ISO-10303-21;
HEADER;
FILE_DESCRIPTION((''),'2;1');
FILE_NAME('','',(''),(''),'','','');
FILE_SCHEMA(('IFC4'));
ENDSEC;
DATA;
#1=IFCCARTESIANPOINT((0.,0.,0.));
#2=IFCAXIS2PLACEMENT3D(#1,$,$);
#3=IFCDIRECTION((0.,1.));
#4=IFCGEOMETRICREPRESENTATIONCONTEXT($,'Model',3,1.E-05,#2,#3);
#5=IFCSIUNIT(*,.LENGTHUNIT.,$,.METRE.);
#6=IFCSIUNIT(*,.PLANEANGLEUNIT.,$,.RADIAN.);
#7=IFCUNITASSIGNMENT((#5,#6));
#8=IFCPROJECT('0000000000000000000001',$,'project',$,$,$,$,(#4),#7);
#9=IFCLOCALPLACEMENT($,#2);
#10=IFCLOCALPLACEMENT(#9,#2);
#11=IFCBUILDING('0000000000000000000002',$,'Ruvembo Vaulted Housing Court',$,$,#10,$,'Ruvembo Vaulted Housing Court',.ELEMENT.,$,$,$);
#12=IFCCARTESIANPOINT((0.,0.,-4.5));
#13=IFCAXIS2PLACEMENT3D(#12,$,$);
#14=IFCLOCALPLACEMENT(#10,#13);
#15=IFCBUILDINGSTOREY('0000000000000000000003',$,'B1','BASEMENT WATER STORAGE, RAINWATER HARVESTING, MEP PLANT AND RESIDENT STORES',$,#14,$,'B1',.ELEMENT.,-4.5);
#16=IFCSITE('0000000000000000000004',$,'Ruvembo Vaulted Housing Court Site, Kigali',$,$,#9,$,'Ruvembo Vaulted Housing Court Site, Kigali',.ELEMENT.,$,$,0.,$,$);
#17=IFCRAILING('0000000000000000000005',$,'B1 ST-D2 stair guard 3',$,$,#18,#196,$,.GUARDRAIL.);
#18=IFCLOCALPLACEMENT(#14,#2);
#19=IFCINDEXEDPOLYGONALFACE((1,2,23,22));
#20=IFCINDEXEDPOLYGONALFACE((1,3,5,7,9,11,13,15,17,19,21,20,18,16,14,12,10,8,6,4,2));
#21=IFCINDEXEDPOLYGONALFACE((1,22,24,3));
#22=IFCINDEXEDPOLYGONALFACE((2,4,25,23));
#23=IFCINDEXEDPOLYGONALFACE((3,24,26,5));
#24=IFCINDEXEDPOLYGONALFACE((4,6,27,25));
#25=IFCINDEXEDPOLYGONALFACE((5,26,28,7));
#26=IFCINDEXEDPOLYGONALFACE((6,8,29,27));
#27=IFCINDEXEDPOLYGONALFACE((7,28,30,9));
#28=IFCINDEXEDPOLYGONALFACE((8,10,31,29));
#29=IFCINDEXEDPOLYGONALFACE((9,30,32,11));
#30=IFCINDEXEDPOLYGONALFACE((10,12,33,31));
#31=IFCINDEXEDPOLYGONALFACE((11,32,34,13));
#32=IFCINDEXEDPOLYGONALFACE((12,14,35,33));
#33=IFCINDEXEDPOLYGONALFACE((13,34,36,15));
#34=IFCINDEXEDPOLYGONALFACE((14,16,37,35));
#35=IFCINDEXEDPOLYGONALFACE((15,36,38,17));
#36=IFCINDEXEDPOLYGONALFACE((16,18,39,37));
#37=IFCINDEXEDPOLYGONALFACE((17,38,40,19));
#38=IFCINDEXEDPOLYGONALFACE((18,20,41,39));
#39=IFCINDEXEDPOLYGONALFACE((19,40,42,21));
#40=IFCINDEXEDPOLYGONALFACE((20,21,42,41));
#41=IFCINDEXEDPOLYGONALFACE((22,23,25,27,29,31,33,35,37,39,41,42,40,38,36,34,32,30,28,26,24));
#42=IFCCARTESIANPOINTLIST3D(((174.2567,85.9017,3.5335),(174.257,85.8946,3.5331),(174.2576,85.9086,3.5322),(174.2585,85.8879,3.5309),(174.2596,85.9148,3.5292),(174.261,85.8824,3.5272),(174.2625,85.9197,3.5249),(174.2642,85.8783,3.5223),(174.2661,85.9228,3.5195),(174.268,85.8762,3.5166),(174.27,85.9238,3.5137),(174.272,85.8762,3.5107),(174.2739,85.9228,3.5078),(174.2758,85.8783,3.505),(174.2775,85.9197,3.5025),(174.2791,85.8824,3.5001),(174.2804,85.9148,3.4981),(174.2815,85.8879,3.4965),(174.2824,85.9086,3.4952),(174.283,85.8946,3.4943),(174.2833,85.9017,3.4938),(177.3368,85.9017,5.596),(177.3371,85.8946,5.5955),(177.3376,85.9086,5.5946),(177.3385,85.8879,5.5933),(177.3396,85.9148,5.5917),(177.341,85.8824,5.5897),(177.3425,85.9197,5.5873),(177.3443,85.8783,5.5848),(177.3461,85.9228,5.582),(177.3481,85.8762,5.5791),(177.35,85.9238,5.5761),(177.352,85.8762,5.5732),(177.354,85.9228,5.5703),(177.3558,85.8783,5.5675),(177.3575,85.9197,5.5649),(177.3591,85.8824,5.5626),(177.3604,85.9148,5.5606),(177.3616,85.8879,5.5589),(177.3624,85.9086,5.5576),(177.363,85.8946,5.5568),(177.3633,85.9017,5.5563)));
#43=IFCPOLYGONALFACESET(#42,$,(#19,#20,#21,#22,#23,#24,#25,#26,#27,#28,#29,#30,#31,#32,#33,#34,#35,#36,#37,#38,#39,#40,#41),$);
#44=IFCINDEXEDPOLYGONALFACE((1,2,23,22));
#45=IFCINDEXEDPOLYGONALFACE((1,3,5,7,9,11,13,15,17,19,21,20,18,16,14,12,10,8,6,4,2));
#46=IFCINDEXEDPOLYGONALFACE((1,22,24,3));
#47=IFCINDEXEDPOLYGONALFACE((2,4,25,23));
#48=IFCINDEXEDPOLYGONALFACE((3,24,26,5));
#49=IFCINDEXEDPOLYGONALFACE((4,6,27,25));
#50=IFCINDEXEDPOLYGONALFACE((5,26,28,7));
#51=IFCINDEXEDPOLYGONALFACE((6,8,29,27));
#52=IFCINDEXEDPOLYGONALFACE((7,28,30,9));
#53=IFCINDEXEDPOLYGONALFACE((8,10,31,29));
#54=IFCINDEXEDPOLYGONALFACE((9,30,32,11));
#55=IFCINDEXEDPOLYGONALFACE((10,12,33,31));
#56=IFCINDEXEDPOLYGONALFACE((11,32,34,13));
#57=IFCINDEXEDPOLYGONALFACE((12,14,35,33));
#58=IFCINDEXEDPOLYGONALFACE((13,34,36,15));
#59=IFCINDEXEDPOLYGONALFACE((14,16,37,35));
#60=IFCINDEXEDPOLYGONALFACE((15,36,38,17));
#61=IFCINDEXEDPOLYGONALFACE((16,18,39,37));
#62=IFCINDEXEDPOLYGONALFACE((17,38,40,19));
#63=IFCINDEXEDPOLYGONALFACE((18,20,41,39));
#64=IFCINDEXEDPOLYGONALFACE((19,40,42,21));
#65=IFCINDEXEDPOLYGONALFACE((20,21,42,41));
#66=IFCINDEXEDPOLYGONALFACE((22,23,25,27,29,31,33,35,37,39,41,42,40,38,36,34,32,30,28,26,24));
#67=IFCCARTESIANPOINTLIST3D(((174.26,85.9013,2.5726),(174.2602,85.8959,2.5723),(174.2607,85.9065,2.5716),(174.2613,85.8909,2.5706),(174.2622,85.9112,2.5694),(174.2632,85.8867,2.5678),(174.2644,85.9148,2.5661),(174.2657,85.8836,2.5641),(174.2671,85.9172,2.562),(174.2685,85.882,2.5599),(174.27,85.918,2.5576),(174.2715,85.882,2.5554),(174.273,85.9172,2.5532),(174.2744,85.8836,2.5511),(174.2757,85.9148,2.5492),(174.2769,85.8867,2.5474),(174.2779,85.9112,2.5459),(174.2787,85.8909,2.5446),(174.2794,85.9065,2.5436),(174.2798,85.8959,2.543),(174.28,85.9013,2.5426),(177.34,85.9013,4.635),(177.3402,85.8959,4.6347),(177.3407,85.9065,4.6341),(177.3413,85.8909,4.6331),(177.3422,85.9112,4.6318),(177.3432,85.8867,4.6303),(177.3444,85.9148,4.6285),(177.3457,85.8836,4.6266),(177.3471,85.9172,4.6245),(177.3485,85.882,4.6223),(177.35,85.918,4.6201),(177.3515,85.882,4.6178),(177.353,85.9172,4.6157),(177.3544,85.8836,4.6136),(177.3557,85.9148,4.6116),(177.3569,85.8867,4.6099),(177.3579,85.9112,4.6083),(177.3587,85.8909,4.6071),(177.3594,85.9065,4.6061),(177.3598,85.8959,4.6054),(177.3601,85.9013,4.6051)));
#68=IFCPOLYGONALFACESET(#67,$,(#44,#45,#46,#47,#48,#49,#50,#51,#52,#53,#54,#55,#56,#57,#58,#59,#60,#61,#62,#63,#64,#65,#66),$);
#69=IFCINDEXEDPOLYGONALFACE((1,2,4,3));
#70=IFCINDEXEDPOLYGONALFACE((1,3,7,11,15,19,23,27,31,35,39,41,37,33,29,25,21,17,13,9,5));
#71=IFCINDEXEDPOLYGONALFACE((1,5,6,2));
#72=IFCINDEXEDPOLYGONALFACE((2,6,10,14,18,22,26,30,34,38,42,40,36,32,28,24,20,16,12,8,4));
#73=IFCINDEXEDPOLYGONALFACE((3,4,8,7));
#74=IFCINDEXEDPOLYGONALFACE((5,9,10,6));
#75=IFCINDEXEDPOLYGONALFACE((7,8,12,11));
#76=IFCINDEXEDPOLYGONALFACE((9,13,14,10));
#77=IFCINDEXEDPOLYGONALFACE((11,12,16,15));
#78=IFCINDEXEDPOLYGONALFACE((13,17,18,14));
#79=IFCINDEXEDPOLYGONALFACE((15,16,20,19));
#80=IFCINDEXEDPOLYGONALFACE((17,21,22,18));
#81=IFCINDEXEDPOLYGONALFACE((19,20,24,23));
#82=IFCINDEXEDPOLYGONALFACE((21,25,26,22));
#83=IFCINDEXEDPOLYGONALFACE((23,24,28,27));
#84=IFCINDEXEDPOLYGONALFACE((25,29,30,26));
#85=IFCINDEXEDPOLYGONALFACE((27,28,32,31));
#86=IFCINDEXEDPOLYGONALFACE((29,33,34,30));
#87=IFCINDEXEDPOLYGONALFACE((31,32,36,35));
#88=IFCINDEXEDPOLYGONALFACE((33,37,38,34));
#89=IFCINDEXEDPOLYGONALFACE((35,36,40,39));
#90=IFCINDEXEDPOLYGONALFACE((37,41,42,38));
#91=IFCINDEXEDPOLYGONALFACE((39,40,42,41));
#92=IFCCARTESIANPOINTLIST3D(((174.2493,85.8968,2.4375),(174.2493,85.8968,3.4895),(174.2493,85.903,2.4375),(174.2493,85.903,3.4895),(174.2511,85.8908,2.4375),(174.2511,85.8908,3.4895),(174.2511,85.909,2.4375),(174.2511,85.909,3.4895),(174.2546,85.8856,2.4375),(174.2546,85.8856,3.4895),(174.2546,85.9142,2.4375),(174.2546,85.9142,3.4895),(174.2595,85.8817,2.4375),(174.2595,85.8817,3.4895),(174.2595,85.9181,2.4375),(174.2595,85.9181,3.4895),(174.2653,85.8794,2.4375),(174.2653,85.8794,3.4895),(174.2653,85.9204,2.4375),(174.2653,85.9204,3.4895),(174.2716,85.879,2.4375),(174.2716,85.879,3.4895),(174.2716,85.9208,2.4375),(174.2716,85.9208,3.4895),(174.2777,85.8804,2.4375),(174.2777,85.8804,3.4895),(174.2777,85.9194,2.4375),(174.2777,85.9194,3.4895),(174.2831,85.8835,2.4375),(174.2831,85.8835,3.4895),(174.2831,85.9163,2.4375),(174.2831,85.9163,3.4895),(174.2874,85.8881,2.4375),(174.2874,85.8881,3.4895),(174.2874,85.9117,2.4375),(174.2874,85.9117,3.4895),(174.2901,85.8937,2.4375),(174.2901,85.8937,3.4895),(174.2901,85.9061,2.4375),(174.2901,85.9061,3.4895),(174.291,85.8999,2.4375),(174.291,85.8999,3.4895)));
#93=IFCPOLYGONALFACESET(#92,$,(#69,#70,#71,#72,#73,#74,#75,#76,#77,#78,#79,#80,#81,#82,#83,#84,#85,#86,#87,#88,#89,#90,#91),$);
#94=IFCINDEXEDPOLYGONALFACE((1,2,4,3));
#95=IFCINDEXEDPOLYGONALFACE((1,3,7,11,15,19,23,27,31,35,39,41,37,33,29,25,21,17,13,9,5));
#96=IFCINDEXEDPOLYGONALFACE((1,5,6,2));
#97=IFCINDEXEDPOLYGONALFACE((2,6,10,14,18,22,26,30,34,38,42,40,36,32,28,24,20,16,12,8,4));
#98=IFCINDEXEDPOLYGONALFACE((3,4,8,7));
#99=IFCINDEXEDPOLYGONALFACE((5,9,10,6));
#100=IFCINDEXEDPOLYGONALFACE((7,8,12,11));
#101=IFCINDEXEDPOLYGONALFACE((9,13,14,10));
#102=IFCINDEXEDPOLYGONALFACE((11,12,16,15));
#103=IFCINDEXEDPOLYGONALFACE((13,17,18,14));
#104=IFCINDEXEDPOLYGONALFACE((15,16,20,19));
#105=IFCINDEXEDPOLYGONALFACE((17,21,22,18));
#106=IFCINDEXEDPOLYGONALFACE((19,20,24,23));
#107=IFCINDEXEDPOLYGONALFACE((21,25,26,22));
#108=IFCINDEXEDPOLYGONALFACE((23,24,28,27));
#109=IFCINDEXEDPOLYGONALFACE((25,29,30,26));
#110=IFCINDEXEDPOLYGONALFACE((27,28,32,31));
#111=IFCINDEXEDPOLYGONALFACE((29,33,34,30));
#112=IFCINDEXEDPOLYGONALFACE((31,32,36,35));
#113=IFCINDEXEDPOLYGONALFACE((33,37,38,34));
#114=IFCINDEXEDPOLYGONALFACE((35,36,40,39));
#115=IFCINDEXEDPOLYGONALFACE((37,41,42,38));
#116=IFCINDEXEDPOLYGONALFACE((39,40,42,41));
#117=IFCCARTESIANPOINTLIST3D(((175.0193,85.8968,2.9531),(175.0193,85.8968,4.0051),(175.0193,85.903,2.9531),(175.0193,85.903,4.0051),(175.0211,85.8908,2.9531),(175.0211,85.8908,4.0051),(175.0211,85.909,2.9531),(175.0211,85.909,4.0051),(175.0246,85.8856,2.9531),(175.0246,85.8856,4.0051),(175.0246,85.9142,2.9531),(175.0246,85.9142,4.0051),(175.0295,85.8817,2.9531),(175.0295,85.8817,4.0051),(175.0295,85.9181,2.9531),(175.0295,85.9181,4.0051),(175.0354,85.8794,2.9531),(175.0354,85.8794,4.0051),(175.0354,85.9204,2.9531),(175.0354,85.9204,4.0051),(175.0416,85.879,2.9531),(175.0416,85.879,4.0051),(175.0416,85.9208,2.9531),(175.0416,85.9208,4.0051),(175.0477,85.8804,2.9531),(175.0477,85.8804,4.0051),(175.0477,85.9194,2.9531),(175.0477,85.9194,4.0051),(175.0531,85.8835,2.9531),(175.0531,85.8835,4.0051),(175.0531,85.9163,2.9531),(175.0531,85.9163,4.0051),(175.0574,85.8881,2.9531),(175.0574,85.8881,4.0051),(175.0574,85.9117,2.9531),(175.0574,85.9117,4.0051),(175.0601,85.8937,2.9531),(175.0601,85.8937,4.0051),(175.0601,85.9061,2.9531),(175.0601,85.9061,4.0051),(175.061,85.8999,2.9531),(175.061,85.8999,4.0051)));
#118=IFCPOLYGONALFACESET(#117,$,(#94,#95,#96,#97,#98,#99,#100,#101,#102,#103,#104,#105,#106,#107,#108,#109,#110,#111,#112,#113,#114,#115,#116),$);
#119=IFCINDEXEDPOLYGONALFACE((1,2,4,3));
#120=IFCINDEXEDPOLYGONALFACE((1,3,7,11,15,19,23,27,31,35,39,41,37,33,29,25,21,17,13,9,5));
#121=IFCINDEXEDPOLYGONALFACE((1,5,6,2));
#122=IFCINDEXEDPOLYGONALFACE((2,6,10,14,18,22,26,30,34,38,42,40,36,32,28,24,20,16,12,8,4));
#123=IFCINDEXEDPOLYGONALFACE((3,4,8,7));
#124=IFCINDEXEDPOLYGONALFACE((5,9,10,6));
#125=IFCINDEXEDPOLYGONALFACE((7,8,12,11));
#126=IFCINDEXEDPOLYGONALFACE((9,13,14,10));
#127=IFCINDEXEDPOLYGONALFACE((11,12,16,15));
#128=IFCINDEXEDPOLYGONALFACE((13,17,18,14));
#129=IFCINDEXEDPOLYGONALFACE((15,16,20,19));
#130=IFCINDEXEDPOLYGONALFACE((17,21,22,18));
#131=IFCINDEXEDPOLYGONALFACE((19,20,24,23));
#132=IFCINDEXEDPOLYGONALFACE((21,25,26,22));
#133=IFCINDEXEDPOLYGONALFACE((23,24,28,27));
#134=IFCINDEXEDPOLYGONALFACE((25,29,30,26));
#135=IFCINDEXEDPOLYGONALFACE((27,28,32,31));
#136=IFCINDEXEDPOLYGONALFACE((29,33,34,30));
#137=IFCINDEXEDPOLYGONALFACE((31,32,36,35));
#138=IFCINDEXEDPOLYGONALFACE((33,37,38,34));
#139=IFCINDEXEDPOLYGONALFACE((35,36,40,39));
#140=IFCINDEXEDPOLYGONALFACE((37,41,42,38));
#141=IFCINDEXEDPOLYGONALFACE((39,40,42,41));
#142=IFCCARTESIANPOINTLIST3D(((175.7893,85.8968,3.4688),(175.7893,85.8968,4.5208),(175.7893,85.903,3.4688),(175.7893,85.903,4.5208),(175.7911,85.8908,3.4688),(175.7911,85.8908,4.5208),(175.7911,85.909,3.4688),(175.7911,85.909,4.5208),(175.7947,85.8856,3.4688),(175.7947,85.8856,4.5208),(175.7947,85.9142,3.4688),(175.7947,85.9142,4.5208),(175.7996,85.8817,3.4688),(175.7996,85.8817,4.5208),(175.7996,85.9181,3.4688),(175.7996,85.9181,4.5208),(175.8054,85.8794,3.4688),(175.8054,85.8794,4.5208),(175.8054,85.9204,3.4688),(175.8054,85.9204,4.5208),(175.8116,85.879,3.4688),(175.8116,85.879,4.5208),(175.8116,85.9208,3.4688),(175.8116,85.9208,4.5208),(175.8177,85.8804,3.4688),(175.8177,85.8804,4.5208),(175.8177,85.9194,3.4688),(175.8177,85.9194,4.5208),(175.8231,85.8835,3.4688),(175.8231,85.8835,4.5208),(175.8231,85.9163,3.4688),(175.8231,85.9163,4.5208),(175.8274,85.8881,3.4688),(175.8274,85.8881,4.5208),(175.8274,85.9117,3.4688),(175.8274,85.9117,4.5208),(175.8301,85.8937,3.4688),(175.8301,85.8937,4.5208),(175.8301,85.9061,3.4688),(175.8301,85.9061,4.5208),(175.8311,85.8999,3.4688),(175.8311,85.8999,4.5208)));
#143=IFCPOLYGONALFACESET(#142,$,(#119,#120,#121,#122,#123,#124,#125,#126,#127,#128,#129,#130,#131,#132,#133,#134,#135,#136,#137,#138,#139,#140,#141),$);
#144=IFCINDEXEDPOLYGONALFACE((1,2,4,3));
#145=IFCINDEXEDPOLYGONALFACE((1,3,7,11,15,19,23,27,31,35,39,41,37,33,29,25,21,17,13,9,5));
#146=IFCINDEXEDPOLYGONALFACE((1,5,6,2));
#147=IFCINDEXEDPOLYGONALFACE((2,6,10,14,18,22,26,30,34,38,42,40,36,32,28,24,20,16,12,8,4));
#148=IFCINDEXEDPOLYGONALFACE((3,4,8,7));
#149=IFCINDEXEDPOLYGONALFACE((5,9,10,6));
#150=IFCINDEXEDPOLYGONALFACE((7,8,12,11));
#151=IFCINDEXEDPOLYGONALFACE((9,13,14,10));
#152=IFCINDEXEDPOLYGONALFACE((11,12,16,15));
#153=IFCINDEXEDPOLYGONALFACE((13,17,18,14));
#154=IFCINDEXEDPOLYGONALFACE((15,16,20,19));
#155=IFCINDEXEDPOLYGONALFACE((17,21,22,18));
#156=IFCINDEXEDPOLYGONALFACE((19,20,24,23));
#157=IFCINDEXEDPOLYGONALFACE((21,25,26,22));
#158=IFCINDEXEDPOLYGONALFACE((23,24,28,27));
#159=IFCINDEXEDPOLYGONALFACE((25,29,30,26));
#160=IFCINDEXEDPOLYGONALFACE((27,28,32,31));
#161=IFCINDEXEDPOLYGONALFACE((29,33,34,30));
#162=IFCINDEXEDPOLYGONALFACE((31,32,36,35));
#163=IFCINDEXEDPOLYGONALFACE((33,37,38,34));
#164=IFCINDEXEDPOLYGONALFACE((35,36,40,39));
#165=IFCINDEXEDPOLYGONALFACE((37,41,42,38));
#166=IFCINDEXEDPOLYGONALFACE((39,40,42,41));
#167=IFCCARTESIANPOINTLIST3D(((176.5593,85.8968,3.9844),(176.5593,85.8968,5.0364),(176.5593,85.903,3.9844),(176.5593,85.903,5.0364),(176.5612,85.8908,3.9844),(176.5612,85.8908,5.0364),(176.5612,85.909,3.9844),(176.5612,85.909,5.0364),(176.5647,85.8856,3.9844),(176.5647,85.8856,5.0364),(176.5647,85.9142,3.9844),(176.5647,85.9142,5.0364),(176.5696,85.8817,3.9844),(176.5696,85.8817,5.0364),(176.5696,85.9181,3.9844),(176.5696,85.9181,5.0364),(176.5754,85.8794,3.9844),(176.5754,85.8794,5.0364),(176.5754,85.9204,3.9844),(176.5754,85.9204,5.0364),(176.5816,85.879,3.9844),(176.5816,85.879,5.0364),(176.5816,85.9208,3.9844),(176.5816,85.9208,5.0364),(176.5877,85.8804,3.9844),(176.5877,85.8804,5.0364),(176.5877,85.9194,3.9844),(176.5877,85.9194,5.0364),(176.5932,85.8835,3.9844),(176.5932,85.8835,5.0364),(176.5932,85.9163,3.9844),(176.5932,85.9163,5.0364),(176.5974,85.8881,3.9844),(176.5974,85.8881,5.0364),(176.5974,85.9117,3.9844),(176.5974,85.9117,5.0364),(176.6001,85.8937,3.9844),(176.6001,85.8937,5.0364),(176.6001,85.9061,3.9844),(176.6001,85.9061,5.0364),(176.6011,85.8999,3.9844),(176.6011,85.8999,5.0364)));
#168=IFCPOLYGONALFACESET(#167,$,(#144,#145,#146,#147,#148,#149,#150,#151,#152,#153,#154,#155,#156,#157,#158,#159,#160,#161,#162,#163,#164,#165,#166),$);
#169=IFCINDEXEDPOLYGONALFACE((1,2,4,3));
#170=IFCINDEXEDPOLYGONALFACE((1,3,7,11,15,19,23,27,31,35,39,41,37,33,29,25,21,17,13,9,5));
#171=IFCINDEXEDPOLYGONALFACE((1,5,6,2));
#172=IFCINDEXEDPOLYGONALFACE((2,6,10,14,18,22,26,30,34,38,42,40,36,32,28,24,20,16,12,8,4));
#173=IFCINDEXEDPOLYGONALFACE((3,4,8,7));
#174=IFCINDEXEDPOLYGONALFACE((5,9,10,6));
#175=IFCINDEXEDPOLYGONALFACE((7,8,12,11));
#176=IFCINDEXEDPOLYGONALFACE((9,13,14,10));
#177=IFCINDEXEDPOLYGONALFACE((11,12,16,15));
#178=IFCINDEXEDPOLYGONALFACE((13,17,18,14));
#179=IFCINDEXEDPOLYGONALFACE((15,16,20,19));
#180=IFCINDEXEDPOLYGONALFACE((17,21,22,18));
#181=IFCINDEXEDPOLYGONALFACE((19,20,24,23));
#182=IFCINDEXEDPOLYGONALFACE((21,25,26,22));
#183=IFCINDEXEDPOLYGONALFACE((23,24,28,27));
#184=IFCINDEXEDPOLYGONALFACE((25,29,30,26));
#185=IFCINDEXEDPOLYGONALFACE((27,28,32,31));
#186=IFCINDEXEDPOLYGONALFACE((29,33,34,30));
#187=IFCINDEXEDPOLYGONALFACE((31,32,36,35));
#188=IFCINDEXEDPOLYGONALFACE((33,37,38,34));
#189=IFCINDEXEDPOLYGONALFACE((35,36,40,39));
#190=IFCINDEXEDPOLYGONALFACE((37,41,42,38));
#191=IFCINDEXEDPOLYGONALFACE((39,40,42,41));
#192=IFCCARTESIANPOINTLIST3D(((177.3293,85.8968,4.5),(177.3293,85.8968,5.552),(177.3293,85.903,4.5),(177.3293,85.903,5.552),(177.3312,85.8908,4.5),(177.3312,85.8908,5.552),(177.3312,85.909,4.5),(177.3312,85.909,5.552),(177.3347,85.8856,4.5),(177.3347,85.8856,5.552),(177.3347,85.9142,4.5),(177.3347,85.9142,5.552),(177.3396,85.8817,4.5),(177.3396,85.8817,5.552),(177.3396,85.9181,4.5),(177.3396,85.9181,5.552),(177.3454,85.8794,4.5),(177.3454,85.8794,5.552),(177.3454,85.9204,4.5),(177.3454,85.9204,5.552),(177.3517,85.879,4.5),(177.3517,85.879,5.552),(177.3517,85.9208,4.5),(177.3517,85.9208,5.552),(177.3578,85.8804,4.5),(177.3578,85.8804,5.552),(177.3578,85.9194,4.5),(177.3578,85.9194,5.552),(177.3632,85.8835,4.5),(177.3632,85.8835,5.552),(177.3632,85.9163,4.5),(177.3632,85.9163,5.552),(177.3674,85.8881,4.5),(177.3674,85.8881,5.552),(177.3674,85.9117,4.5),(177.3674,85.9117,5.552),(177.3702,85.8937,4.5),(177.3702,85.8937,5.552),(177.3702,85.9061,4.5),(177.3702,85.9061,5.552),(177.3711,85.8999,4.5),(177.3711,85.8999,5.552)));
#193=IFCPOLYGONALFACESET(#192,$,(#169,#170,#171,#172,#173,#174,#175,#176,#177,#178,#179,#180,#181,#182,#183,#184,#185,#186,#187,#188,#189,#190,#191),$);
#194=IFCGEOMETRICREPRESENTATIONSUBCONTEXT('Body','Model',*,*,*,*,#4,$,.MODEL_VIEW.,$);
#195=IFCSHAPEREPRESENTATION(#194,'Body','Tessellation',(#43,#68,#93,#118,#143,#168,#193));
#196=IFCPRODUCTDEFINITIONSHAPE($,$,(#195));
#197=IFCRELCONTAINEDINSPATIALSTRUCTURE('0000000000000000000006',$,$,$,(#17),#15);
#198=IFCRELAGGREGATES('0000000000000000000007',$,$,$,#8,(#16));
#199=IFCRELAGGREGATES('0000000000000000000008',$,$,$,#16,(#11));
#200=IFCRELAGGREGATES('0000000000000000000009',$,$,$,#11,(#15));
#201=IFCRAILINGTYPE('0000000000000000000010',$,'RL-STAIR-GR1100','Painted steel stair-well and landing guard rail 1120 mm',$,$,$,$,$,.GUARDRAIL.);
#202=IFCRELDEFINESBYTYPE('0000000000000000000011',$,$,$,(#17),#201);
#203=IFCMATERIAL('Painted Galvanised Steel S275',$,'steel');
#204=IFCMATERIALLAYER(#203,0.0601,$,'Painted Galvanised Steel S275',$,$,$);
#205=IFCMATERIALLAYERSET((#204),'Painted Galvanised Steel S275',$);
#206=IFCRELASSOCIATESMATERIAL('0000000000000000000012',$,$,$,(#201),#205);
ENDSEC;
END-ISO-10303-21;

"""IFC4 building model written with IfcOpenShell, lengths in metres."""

from ifc_helpers import new_model, si_unit, direction, frame, origin, origin_2d, place, context, subcontext, project, spatial, circle, extrude, material, layer, layer_set, type_object, element, save


model = new_model("IFC4")

# Units and contexts
model_context = context("Model", 3, precision=1e-05, world=origin(), true_north=direction((0.0, 1.0)))
body_context = subcontext(model_context, "Body", "Model", "MODEL_VIEW")
ifc_project = project(units=[si_unit("LENGTHUNIT", "METRE"), si_unit("PLANEANGLEUNIT", "RADIAN")], contexts=[model_context])

# Site, building, storey
site_placement = place(None, origin())
site = spatial("IfcSite", under=ifc_project, at=site_placement, Name="Ruvembo Vaulted Housing Court Site, Kigali", LongName="Ruvembo Vaulted Housing Court Site, Kigali", CompositionType="ELEMENT", RefElevation=0.0)
building_placement = place(site_placement, origin())
building = spatial("IfcBuilding", under=site, at=building_placement, Name="Ruvembo Vaulted Housing Court", LongName="Ruvembo Vaulted Housing Court", CompositionType="ELEMENT")
storey_placement = place(building_placement, frame((0.0, 0.0, -4.5)))
storey = spatial("IfcBuildingStorey", under=building, at=storey_placement, Name="B1", Description="BASEMENT WATER STORAGE, RAINWATER HARVESTING, MEP PLANT AND RESIDENT STORES", LongName="B1", CompositionType="ELEMENT", Elevation=-4.5)

# Railing
ifc_material_1 = material(Name="Painted Galvanised Steel S275", Category="steel")
ifc_layer_1 = layer(ifc_material_1, 0.0601, Name="Painted Galvanised Steel S275")
ifc_layer_set_1 = layer_set([ifc_layer_1], Name="Painted Galvanised Steel S275")
railing_type_1 = type_object("IfcRailingType", Name="RL-STAIR-GR1100", Description="Painted steel stair-well and landing guard rail 1120 mm", PredefinedType="GUARDRAIL", material=ifc_layer_set_1)
railing_1_placement = place(storey_placement, frame((174.27, 85.8999, 2.4375)))
element("IfcRailing", 1, at=railing_1_placement, inside=storey, type_object=railing_type_1, Name="B1 ST-D2 stair guard 3", PredefinedType="GUARDRAIL", context=body_context, shape_type="SweptSolid", body=[
    extrude(circle(Radius=0.0239, at=origin_2d()), frame((0.0, 0.0, 1.0762), z_axis=(0.830914, 0.0, 0.556401), x_axis=(0.0, 1.0, 0.0)), (0.0, 0.0, 1.0), 3.7068),
    extrude(circle(Radius=0.0181, at=origin_2d()), frame((0.0, 0.0, 0.1201), z_axis=(0.830914, 0.0, 0.556401), x_axis=(0.0, 1.0, 0.0)), (0.0, 0.0, 1.0), 3.7068),
    extrude(circle(Radius=0.021, at=origin_2d()), origin(), (0.0, 0.0, 1.0), 1.052),
    extrude(circle(Radius=0.021, at=origin_2d()), frame((0.77, 0.0, 0.5156)), (0.0, 0.0, 1.0), 1.052),
    extrude(circle(Radius=0.021, at=origin_2d()), frame((1.54, 0.0, 1.0312)), (0.0, 0.0, 1.0), 1.052),
    extrude(circle(Radius=0.021, at=origin_2d()), frame((2.3101, 0.0, 1.5469)), (0.0, 0.0, 1.0), 1.052),
    extrude(circle(Radius=0.021, at=origin_2d()), frame((3.0801, 0.0, 2.0625)), (0.0, 0.0, 1.0), 1.052),
])

save(model, "model.ifc")
